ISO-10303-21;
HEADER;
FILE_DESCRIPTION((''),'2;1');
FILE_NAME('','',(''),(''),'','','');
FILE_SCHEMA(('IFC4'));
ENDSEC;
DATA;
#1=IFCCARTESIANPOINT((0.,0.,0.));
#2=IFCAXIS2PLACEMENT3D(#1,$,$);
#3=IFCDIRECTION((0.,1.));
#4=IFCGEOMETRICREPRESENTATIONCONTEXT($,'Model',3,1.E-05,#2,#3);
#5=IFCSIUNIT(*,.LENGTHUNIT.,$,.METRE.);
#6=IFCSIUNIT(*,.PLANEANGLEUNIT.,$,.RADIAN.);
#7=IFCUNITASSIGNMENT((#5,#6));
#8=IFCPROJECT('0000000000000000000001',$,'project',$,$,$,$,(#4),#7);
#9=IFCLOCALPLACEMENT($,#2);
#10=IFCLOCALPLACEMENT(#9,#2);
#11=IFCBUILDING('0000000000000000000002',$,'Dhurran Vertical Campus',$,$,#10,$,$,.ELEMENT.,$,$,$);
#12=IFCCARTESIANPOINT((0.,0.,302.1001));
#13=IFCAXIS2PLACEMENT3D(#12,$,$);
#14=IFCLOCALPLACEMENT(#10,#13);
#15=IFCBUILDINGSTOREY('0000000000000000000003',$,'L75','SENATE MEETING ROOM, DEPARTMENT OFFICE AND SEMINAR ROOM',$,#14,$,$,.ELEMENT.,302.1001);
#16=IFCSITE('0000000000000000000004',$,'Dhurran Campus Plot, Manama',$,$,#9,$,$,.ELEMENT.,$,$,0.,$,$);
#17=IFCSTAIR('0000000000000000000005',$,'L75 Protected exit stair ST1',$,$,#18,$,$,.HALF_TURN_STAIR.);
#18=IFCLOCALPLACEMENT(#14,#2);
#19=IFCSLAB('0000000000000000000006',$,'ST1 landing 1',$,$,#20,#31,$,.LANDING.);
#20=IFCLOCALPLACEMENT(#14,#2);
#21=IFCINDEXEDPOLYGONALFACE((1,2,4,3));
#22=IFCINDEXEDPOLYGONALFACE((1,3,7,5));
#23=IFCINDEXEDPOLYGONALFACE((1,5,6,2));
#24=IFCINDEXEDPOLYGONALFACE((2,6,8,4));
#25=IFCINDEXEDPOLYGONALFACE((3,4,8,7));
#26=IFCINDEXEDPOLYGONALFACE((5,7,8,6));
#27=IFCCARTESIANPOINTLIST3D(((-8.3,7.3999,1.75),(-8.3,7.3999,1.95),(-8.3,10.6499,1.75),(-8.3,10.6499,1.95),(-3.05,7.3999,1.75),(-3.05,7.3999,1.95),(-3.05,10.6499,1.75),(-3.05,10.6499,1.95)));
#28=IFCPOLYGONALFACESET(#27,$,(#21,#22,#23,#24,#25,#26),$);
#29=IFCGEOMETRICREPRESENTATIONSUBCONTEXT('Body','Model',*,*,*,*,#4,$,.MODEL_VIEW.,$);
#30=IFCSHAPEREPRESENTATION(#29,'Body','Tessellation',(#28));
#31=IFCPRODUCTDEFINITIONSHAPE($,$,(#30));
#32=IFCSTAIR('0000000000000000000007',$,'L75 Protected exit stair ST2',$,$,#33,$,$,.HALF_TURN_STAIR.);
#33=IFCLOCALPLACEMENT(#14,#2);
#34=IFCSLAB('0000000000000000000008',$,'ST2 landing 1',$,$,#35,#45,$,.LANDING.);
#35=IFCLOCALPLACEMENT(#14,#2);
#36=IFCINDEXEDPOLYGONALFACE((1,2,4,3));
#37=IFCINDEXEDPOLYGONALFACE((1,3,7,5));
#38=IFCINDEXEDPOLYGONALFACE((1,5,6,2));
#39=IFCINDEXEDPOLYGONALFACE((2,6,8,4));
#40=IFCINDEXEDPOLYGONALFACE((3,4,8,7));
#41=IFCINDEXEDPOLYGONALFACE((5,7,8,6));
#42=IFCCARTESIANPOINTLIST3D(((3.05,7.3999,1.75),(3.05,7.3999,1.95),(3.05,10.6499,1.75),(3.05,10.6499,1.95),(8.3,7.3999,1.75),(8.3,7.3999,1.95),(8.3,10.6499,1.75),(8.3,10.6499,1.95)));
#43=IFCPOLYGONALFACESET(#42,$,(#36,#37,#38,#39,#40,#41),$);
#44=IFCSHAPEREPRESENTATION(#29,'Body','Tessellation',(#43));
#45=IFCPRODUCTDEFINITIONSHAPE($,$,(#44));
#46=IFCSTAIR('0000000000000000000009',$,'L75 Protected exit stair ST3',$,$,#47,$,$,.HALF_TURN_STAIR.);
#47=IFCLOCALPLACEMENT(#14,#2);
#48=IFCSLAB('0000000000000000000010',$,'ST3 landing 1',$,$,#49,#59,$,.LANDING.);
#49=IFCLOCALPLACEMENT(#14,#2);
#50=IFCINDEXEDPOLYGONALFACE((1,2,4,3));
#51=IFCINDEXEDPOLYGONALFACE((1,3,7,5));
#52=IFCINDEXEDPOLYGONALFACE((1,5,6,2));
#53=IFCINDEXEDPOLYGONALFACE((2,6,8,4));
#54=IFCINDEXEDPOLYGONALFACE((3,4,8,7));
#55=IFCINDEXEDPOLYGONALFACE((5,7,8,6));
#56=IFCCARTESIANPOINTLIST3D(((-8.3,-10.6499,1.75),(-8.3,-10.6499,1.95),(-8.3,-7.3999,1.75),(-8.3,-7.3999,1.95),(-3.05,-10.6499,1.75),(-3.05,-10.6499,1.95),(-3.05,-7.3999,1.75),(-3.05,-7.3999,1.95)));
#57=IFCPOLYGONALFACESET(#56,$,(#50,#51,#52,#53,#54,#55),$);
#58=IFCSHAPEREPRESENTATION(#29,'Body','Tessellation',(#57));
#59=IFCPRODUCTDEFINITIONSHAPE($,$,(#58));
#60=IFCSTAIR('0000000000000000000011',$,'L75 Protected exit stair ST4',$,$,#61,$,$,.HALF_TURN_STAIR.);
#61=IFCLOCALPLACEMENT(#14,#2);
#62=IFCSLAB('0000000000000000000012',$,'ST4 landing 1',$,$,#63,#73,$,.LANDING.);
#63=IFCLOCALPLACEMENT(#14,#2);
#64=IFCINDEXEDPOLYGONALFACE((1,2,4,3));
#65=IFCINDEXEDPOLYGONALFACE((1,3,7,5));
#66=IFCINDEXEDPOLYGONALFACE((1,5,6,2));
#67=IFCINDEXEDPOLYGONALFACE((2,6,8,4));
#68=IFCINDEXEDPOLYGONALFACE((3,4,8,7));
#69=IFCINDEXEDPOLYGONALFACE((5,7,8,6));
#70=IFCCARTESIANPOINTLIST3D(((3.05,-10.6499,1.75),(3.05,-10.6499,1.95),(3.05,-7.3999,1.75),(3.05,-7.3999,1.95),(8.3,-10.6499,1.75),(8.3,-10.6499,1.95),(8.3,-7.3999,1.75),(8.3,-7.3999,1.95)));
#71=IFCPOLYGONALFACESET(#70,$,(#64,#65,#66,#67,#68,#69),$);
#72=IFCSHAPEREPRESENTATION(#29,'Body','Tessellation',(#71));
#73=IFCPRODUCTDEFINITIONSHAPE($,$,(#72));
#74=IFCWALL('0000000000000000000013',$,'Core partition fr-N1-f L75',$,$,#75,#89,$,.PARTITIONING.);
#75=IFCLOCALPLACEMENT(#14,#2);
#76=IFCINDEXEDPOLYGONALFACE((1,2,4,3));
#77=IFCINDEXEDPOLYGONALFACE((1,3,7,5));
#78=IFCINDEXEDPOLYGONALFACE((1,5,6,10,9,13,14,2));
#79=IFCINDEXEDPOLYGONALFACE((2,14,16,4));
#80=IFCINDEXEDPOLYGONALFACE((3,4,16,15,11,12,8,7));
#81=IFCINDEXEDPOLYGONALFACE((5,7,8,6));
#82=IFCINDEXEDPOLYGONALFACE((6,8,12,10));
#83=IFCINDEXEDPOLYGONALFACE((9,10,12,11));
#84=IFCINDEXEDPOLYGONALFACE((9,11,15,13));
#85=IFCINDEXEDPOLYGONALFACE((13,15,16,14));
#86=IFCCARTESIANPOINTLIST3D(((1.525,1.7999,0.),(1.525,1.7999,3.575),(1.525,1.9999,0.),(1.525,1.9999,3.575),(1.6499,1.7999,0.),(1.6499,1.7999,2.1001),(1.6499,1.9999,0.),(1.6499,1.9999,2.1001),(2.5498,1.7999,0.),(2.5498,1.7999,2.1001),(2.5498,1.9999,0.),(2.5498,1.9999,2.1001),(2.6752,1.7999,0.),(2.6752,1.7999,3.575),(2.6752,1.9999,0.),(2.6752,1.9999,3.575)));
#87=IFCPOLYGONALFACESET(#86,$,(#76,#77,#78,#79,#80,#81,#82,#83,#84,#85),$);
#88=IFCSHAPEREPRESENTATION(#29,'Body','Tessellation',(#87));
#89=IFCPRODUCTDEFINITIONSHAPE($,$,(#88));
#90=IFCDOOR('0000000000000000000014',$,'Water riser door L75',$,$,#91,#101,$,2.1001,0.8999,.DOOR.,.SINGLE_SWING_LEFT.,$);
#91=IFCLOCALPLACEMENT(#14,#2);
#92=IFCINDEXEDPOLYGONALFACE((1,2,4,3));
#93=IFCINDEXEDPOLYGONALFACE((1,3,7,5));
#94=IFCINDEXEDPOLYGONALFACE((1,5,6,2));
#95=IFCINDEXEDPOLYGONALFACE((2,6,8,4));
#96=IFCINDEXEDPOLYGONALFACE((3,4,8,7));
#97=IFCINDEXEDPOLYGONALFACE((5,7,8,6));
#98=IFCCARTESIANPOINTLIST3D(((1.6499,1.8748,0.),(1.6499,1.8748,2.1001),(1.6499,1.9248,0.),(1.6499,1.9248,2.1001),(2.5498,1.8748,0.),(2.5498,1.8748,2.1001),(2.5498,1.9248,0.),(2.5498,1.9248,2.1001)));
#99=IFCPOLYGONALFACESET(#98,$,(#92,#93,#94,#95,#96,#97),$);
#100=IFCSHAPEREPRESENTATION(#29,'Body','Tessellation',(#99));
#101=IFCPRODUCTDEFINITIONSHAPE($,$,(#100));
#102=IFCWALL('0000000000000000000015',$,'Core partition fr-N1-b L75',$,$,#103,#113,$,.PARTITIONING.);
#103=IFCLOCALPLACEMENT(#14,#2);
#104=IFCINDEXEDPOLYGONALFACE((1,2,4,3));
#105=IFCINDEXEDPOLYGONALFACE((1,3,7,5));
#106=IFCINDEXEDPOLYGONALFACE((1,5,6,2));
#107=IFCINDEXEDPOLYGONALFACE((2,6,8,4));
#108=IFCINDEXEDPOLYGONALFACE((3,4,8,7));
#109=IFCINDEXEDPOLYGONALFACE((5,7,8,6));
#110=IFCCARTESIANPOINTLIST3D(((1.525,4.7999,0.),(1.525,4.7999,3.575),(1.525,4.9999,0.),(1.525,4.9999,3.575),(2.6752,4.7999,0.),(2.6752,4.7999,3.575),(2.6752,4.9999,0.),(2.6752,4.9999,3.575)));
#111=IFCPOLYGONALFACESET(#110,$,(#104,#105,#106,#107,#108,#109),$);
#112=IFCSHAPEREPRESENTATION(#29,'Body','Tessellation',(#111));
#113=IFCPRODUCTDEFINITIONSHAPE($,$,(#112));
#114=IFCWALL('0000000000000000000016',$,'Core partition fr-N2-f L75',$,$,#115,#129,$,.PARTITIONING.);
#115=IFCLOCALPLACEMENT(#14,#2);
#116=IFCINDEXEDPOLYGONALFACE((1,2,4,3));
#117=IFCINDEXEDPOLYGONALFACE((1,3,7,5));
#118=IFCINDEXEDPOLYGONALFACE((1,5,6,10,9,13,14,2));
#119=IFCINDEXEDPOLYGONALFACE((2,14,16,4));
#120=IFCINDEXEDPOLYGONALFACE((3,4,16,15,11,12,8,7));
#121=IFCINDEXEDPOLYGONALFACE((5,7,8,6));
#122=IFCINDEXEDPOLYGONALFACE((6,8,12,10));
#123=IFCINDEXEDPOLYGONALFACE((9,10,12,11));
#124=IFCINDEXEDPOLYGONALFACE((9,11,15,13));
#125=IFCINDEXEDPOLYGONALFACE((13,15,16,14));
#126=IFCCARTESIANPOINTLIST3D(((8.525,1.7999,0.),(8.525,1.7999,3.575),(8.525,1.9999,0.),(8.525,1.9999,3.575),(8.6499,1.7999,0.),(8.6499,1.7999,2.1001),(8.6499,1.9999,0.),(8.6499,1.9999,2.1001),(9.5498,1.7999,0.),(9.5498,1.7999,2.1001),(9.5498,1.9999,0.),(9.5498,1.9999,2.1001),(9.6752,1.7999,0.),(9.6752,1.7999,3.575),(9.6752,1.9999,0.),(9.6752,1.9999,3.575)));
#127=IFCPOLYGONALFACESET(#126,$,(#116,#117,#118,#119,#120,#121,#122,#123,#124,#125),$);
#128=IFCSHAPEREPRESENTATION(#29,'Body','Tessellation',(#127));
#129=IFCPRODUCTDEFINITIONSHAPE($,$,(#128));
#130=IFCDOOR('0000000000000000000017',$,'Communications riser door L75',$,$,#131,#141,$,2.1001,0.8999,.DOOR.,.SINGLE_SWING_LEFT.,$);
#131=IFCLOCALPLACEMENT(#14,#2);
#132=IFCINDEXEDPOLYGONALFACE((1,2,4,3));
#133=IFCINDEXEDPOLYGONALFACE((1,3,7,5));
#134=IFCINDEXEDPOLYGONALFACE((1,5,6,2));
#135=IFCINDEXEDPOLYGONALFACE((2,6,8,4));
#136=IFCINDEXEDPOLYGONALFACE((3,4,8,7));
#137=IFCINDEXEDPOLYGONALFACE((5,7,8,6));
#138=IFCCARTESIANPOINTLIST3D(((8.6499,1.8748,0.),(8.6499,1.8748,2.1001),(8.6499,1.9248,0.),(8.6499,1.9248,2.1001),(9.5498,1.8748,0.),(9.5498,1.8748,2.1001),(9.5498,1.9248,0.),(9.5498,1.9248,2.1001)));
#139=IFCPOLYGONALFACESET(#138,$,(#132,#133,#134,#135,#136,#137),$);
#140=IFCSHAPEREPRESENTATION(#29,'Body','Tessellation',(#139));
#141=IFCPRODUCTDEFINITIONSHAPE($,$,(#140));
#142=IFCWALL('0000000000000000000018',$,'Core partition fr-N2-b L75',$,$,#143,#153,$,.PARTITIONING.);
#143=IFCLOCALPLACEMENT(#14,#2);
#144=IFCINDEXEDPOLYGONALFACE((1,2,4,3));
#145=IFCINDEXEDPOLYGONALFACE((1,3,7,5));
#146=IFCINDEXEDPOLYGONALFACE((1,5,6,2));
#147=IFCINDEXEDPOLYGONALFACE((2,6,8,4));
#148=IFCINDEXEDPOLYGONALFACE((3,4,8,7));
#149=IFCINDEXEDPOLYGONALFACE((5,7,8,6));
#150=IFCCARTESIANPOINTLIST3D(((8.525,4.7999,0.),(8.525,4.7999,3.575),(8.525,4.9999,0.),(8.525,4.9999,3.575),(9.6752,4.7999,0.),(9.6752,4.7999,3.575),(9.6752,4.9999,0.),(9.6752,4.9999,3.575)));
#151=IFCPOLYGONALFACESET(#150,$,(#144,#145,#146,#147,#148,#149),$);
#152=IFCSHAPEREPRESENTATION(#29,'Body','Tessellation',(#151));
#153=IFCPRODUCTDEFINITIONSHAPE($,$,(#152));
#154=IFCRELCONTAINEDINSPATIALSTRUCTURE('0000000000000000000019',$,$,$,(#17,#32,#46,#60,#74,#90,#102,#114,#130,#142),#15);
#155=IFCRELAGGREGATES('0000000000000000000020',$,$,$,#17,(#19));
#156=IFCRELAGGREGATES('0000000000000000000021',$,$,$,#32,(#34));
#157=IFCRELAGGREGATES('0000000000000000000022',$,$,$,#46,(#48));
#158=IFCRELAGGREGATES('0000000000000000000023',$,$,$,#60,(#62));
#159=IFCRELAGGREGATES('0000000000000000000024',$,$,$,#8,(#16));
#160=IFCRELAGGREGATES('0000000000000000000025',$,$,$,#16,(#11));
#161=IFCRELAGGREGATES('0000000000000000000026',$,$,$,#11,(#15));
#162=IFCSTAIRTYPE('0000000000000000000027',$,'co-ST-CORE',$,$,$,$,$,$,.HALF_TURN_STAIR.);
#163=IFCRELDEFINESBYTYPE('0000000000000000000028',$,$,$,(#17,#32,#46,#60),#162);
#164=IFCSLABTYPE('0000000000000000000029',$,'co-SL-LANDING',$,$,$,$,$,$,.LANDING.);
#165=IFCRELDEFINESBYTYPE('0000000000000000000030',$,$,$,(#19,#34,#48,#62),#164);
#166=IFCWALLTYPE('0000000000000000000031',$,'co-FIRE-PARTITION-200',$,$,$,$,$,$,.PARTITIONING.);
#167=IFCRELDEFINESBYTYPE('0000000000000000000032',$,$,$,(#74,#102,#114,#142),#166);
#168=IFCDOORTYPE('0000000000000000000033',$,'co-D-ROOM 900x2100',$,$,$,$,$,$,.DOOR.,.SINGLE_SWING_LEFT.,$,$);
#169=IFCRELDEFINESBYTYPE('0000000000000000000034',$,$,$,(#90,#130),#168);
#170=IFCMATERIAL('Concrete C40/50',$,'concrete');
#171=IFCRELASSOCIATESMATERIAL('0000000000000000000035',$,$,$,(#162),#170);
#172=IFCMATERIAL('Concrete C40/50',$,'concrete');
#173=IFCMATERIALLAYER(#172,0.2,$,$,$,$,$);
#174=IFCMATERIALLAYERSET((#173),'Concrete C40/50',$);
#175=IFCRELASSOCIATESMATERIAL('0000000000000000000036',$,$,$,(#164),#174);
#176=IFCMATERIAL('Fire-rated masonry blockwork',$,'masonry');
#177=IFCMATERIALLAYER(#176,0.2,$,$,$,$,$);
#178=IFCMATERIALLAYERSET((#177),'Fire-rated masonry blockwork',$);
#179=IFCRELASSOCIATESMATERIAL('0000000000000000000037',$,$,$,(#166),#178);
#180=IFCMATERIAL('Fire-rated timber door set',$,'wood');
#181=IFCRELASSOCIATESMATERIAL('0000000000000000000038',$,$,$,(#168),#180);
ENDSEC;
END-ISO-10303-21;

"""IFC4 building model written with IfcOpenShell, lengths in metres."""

from ifc_helpers import new_model, si_unit, direction, frame, frame_2d, origin, place, context, subcontext, project, spatial, polyline, rectangle, outline, extrude, material, layer, layer_set, type_object, element, fill, aggregate, save


model = new_model("IFC4")

# Units and contexts
model_context = context("Model", 3, precision=1e-05, world=origin(), true_north=direction((0.0, 1.0)))
body_context = subcontext(model_context, "Body", "Model", "MODEL_VIEW")
ifc_project = project(units=[si_unit("LENGTHUNIT", "METRE"), si_unit("PLANEANGLEUNIT", "RADIAN")], contexts=[model_context])

# Site, building, storey
site_placement = place(None, origin())
site = spatial("IfcSite", under=ifc_project, at=site_placement, Name="Dhurran Campus Plot, Manama", CompositionType="ELEMENT", RefElevation=0.0)
building_placement = place(site_placement, origin())
building = spatial("IfcBuilding", under=site, at=building_placement, Name="Dhurran Vertical Campus", CompositionType="ELEMENT")
storey_placement = place(building_placement, frame((0.0, 0.0, 302.1001)))
storey = spatial("IfcBuildingStorey", under=building, at=storey_placement, Name="L75", Description="SENATE MEETING ROOM, DEPARTMENT OFFICE AND SEMINAR ROOM", CompositionType="ELEMENT", Elevation=302.1001)

# Stairs, slabs
ifc_material_1 = material(Name="Concrete C40/50", Category="concrete")
stair_type = type_object("IfcStairType", Name="co-ST-CORE", PredefinedType="HALF_TURN_STAIR", material=ifc_material_1)
stair_1_placement = place(storey_placement, origin())
stair_1 = element("IfcStair", 1, at=stair_1_placement, inside=storey, type_object=stair_type, Name="L75 Protected exit stair ST1", PredefinedType="HALF_TURN_STAIR")
ifc_material_2 = material(Name="Concrete C40/50", Category="concrete")
ifc_layer_1 = layer(ifc_material_2, 0.2)
ifc_layer_set_1 = layer_set([ifc_layer_1], Name="Concrete C40/50")
slab_type = type_object("IfcSlabType", Name="co-SL-LANDING", PredefinedType="LANDING", material=ifc_layer_set_1)
slab_1_placement = place(storey_placement, frame((0.0, 0.0, 1.75)))
slab_1 = element("IfcSlab", 2, at=slab_1_placement, type_object=slab_type, Name="ST1 landing 1", PredefinedType="LANDING", context=body_context, shape_type="SweptSolid", body=[
    extrude(outline(polyline([(-8.3, 7.3999), (-3.05, 7.3999), (-3.05, 10.6499), (-8.3, 10.6499), (-8.3, 7.3999)])), origin(), (0.0, 0.0, 1.0), 0.2),
])
aggregate(stair_1, [slab_1])
stair_2_placement = place(storey_placement, origin())
stair_2 = element("IfcStair", 3, at=stair_2_placement, inside=storey, type_object=stair_type, Name="L75 Protected exit stair ST2", PredefinedType="HALF_TURN_STAIR")
slab_2_placement = place(storey_placement, frame((0.0, 0.0, 1.75)))
slab_2 = element("IfcSlab", 4, at=slab_2_placement, type_object=slab_type, Name="ST2 landing 1", PredefinedType="LANDING", context=body_context, shape_type="SweptSolid", body=[
    extrude(outline(polyline([(8.3, 10.6499), (3.05, 10.6499), (3.05, 7.3999), (8.3, 7.3999), (8.3, 10.6499)])), origin(), (0.0, 0.0, 1.0), 0.2),
])
aggregate(stair_2, [slab_2])
stair_3_placement = place(storey_placement, origin())
stair_3 = element("IfcStair", 5, at=stair_3_placement, inside=storey, type_object=stair_type, Name="L75 Protected exit stair ST3", PredefinedType="HALF_TURN_STAIR")
slab_3_placement = place(storey_placement, frame((0.0, 0.0, 1.75)))
slab_3 = element("IfcSlab", 6, at=slab_3_placement, type_object=slab_type, Name="ST3 landing 1", PredefinedType="LANDING", context=body_context, shape_type="SweptSolid", body=[
    extrude(outline(polyline([(-8.3, -10.6499), (-3.05, -10.6499), (-3.05, -7.3999), (-8.3, -7.3999), (-8.3, -10.6499)])), origin(), (0.0, 0.0, 1.0), 0.2),
])
aggregate(stair_3, [slab_3])
stair_4_placement = place(storey_placement, origin())
stair_4 = element("IfcStair", 7, at=stair_4_placement, inside=storey, type_object=stair_type, Name="L75 Protected exit stair ST4", PredefinedType="HALF_TURN_STAIR")
slab_4_placement = place(storey_placement, frame((0.0, 0.0, 1.75)))
slab_4 = element("IfcSlab", 8, at=slab_4_placement, type_object=slab_type, Name="ST4 landing 1", PredefinedType="LANDING", context=body_context, shape_type="SweptSolid", body=[
    extrude(outline(polyline([(8.3, -7.3999), (3.05, -7.3999), (3.05, -10.6499), (8.3, -10.6499), (8.3, -7.3999)])), origin(), (0.0, 0.0, 1.0), 0.2),
])
aggregate(stair_4, [slab_4])

# Wall, opening, door
ifc_material_3 = material(Name="Fire-rated masonry blockwork", Category="masonry")
ifc_layer_2 = layer(ifc_material_3, 0.2)
ifc_layer_set_2 = layer_set([ifc_layer_2], Name="Fire-rated masonry blockwork")
wall_type_1 = type_object("IfcWallType", Name="co-FIRE-PARTITION-200", PredefinedType="PARTITIONING", material=ifc_layer_set_2)
wall_1_placement = place(storey_placement, frame((1.5249, 1.8999, 0.0), z_axis=(0.0, 0.0, 1.0), x_axis=(1.0, 0.0, 0.0)))
wall_1 = element("IfcWall", 9, at=wall_1_placement, inside=storey, type_object=wall_type_1, Name="Core partition fr-N1-f L75", PredefinedType="PARTITIONING", context=body_context, shape_type="SweptSolid", body=[
    extrude(rectangle(XDim=1.1501, YDim=0.2, at=frame_2d((0.5752, 0.0))), origin(), (0.0, 0.0, 1.0), 3.575),
])
opening_1_placement = place(wall_1_placement, frame((0.125, 0.0, 0.0)))
opening_1 = element("IfcOpeningElement", 10, at=opening_1_placement, cuts=wall_1, PredefinedType="OPENING", context=body_context, shape_type="SweptSolid", body=[
    extrude(rectangle(XDim=0.8999, YDim=2.1001, at=frame_2d((0.45, 1.05))), frame((0.0, 0.1099, 0.0), z_axis=(0.0, -1.0, 0.0), x_axis=(1.0, 0.0, 0.0)), (0.0, 0.0, 1.0), 0.22),
])
ifc_material_4 = material(Name="Fire-rated timber door set", Category="wood")
door_type_1 = type_object("IfcDoorType", Name="co-D-ROOM 900x2100", OperationType="SINGLE_SWING_LEFT", PredefinedType="DOOR", material=ifc_material_4)
door_1_placement = place(opening_1_placement, origin())
door_1 = element("IfcDoor", 11, at=door_1_placement, inside=storey, type_object=door_type_1, Name="Water riser door L75", OperationType="SINGLE_SWING_LEFT", OverallHeight=2.1001, OverallWidth=0.8999, PredefinedType="DOOR", context=body_context, shape_type="SweptSolid", body=[
    extrude(rectangle(XDim=0.8999, YDim=2.1001, at=frame_2d((0.45, 1.05))), frame((0.0, 0.0249, 0.0), z_axis=(0.0, -1.0, 0.0), x_axis=(1.0, 0.0, 0.0)), (0.0, 0.0, 1.0), 0.05),
])
fill(opening_1, door_1)

# Wall
wall_2_placement = place(storey_placement, frame((1.5249, 4.8999, 0.0), z_axis=(0.0, 0.0, 1.0), x_axis=(1.0, 0.0, 0.0)))
element("IfcWall", 12, at=wall_2_placement, inside=storey, type_object=wall_type_1, Name="Core partition fr-N1-b L75", PredefinedType="PARTITIONING", context=body_context, shape_type="SweptSolid", body=[
    extrude(rectangle(XDim=1.1501, YDim=0.2, at=frame_2d((0.5752, 0.0))), origin(), (0.0, 0.0, 1.0), 3.575),
])

# Wall, opening, door
wall_3_placement = place(storey_placement, frame((8.5249, 1.8999, 0.0), z_axis=(0.0, 0.0, 1.0), x_axis=(1.0, 0.0, 0.0)))
wall_3 = element("IfcWall", 13, at=wall_3_placement, inside=storey, type_object=wall_type_1, Name="Core partition fr-N2-f L75", PredefinedType="PARTITIONING", context=body_context, shape_type="SweptSolid", body=[
    extrude(rectangle(XDim=1.1501, YDim=0.2, at=frame_2d((0.5752, 0.0))), origin(), (0.0, 0.0, 1.0), 3.575),
])
opening_2_placement = place(wall_3_placement, frame((0.125, 0.0, 0.0)))
opening_2 = element("IfcOpeningElement", 14, at=opening_2_placement, cuts=wall_3, PredefinedType="OPENING", context=body_context, shape_type="SweptSolid", body=[
    extrude(rectangle(XDim=0.8999, YDim=2.1001, at=frame_2d((0.45, 1.05))), frame((0.0, 0.1099, 0.0), z_axis=(0.0, -1.0, 0.0), x_axis=(1.0, 0.0, 0.0)), (0.0, 0.0, 1.0), 0.22),
])
door_2_placement = place(opening_2_placement, origin())
door_2 = element("IfcDoor", 15, at=door_2_placement, inside=storey, type_object=door_type_1, Name="Communications riser door L75", OperationType="SINGLE_SWING_LEFT", OverallHeight=2.1001, OverallWidth=0.8999, PredefinedType="DOOR", context=body_context, shape_type="SweptSolid", body=[
    extrude(rectangle(XDim=0.8999, YDim=2.1001, at=frame_2d((0.45, 1.05))), frame((0.0, 0.0249, 0.0), z_axis=(0.0, -1.0, 0.0), x_axis=(1.0, 0.0, 0.0)), (0.0, 0.0, 1.0), 0.05),
])
fill(opening_2, door_2)

# Wall
wall_4_placement = place(storey_placement, frame((8.5249, 4.8999, 0.0), z_axis=(0.0, 0.0, 1.0), x_axis=(1.0, 0.0, 0.0)))
element("IfcWall", 16, at=wall_4_placement, inside=storey, type_object=wall_type_1, Name="Core partition fr-N2-b L75", PredefinedType="PARTITIONING", context=body_context, shape_type="SweptSolid", body=[
    extrude(rectangle(XDim=1.1501, YDim=0.2, at=frame_2d((0.5752, 0.0))), origin(), (0.0, 0.0, 1.0), 3.575),
])

save(model, "model.ifc")
